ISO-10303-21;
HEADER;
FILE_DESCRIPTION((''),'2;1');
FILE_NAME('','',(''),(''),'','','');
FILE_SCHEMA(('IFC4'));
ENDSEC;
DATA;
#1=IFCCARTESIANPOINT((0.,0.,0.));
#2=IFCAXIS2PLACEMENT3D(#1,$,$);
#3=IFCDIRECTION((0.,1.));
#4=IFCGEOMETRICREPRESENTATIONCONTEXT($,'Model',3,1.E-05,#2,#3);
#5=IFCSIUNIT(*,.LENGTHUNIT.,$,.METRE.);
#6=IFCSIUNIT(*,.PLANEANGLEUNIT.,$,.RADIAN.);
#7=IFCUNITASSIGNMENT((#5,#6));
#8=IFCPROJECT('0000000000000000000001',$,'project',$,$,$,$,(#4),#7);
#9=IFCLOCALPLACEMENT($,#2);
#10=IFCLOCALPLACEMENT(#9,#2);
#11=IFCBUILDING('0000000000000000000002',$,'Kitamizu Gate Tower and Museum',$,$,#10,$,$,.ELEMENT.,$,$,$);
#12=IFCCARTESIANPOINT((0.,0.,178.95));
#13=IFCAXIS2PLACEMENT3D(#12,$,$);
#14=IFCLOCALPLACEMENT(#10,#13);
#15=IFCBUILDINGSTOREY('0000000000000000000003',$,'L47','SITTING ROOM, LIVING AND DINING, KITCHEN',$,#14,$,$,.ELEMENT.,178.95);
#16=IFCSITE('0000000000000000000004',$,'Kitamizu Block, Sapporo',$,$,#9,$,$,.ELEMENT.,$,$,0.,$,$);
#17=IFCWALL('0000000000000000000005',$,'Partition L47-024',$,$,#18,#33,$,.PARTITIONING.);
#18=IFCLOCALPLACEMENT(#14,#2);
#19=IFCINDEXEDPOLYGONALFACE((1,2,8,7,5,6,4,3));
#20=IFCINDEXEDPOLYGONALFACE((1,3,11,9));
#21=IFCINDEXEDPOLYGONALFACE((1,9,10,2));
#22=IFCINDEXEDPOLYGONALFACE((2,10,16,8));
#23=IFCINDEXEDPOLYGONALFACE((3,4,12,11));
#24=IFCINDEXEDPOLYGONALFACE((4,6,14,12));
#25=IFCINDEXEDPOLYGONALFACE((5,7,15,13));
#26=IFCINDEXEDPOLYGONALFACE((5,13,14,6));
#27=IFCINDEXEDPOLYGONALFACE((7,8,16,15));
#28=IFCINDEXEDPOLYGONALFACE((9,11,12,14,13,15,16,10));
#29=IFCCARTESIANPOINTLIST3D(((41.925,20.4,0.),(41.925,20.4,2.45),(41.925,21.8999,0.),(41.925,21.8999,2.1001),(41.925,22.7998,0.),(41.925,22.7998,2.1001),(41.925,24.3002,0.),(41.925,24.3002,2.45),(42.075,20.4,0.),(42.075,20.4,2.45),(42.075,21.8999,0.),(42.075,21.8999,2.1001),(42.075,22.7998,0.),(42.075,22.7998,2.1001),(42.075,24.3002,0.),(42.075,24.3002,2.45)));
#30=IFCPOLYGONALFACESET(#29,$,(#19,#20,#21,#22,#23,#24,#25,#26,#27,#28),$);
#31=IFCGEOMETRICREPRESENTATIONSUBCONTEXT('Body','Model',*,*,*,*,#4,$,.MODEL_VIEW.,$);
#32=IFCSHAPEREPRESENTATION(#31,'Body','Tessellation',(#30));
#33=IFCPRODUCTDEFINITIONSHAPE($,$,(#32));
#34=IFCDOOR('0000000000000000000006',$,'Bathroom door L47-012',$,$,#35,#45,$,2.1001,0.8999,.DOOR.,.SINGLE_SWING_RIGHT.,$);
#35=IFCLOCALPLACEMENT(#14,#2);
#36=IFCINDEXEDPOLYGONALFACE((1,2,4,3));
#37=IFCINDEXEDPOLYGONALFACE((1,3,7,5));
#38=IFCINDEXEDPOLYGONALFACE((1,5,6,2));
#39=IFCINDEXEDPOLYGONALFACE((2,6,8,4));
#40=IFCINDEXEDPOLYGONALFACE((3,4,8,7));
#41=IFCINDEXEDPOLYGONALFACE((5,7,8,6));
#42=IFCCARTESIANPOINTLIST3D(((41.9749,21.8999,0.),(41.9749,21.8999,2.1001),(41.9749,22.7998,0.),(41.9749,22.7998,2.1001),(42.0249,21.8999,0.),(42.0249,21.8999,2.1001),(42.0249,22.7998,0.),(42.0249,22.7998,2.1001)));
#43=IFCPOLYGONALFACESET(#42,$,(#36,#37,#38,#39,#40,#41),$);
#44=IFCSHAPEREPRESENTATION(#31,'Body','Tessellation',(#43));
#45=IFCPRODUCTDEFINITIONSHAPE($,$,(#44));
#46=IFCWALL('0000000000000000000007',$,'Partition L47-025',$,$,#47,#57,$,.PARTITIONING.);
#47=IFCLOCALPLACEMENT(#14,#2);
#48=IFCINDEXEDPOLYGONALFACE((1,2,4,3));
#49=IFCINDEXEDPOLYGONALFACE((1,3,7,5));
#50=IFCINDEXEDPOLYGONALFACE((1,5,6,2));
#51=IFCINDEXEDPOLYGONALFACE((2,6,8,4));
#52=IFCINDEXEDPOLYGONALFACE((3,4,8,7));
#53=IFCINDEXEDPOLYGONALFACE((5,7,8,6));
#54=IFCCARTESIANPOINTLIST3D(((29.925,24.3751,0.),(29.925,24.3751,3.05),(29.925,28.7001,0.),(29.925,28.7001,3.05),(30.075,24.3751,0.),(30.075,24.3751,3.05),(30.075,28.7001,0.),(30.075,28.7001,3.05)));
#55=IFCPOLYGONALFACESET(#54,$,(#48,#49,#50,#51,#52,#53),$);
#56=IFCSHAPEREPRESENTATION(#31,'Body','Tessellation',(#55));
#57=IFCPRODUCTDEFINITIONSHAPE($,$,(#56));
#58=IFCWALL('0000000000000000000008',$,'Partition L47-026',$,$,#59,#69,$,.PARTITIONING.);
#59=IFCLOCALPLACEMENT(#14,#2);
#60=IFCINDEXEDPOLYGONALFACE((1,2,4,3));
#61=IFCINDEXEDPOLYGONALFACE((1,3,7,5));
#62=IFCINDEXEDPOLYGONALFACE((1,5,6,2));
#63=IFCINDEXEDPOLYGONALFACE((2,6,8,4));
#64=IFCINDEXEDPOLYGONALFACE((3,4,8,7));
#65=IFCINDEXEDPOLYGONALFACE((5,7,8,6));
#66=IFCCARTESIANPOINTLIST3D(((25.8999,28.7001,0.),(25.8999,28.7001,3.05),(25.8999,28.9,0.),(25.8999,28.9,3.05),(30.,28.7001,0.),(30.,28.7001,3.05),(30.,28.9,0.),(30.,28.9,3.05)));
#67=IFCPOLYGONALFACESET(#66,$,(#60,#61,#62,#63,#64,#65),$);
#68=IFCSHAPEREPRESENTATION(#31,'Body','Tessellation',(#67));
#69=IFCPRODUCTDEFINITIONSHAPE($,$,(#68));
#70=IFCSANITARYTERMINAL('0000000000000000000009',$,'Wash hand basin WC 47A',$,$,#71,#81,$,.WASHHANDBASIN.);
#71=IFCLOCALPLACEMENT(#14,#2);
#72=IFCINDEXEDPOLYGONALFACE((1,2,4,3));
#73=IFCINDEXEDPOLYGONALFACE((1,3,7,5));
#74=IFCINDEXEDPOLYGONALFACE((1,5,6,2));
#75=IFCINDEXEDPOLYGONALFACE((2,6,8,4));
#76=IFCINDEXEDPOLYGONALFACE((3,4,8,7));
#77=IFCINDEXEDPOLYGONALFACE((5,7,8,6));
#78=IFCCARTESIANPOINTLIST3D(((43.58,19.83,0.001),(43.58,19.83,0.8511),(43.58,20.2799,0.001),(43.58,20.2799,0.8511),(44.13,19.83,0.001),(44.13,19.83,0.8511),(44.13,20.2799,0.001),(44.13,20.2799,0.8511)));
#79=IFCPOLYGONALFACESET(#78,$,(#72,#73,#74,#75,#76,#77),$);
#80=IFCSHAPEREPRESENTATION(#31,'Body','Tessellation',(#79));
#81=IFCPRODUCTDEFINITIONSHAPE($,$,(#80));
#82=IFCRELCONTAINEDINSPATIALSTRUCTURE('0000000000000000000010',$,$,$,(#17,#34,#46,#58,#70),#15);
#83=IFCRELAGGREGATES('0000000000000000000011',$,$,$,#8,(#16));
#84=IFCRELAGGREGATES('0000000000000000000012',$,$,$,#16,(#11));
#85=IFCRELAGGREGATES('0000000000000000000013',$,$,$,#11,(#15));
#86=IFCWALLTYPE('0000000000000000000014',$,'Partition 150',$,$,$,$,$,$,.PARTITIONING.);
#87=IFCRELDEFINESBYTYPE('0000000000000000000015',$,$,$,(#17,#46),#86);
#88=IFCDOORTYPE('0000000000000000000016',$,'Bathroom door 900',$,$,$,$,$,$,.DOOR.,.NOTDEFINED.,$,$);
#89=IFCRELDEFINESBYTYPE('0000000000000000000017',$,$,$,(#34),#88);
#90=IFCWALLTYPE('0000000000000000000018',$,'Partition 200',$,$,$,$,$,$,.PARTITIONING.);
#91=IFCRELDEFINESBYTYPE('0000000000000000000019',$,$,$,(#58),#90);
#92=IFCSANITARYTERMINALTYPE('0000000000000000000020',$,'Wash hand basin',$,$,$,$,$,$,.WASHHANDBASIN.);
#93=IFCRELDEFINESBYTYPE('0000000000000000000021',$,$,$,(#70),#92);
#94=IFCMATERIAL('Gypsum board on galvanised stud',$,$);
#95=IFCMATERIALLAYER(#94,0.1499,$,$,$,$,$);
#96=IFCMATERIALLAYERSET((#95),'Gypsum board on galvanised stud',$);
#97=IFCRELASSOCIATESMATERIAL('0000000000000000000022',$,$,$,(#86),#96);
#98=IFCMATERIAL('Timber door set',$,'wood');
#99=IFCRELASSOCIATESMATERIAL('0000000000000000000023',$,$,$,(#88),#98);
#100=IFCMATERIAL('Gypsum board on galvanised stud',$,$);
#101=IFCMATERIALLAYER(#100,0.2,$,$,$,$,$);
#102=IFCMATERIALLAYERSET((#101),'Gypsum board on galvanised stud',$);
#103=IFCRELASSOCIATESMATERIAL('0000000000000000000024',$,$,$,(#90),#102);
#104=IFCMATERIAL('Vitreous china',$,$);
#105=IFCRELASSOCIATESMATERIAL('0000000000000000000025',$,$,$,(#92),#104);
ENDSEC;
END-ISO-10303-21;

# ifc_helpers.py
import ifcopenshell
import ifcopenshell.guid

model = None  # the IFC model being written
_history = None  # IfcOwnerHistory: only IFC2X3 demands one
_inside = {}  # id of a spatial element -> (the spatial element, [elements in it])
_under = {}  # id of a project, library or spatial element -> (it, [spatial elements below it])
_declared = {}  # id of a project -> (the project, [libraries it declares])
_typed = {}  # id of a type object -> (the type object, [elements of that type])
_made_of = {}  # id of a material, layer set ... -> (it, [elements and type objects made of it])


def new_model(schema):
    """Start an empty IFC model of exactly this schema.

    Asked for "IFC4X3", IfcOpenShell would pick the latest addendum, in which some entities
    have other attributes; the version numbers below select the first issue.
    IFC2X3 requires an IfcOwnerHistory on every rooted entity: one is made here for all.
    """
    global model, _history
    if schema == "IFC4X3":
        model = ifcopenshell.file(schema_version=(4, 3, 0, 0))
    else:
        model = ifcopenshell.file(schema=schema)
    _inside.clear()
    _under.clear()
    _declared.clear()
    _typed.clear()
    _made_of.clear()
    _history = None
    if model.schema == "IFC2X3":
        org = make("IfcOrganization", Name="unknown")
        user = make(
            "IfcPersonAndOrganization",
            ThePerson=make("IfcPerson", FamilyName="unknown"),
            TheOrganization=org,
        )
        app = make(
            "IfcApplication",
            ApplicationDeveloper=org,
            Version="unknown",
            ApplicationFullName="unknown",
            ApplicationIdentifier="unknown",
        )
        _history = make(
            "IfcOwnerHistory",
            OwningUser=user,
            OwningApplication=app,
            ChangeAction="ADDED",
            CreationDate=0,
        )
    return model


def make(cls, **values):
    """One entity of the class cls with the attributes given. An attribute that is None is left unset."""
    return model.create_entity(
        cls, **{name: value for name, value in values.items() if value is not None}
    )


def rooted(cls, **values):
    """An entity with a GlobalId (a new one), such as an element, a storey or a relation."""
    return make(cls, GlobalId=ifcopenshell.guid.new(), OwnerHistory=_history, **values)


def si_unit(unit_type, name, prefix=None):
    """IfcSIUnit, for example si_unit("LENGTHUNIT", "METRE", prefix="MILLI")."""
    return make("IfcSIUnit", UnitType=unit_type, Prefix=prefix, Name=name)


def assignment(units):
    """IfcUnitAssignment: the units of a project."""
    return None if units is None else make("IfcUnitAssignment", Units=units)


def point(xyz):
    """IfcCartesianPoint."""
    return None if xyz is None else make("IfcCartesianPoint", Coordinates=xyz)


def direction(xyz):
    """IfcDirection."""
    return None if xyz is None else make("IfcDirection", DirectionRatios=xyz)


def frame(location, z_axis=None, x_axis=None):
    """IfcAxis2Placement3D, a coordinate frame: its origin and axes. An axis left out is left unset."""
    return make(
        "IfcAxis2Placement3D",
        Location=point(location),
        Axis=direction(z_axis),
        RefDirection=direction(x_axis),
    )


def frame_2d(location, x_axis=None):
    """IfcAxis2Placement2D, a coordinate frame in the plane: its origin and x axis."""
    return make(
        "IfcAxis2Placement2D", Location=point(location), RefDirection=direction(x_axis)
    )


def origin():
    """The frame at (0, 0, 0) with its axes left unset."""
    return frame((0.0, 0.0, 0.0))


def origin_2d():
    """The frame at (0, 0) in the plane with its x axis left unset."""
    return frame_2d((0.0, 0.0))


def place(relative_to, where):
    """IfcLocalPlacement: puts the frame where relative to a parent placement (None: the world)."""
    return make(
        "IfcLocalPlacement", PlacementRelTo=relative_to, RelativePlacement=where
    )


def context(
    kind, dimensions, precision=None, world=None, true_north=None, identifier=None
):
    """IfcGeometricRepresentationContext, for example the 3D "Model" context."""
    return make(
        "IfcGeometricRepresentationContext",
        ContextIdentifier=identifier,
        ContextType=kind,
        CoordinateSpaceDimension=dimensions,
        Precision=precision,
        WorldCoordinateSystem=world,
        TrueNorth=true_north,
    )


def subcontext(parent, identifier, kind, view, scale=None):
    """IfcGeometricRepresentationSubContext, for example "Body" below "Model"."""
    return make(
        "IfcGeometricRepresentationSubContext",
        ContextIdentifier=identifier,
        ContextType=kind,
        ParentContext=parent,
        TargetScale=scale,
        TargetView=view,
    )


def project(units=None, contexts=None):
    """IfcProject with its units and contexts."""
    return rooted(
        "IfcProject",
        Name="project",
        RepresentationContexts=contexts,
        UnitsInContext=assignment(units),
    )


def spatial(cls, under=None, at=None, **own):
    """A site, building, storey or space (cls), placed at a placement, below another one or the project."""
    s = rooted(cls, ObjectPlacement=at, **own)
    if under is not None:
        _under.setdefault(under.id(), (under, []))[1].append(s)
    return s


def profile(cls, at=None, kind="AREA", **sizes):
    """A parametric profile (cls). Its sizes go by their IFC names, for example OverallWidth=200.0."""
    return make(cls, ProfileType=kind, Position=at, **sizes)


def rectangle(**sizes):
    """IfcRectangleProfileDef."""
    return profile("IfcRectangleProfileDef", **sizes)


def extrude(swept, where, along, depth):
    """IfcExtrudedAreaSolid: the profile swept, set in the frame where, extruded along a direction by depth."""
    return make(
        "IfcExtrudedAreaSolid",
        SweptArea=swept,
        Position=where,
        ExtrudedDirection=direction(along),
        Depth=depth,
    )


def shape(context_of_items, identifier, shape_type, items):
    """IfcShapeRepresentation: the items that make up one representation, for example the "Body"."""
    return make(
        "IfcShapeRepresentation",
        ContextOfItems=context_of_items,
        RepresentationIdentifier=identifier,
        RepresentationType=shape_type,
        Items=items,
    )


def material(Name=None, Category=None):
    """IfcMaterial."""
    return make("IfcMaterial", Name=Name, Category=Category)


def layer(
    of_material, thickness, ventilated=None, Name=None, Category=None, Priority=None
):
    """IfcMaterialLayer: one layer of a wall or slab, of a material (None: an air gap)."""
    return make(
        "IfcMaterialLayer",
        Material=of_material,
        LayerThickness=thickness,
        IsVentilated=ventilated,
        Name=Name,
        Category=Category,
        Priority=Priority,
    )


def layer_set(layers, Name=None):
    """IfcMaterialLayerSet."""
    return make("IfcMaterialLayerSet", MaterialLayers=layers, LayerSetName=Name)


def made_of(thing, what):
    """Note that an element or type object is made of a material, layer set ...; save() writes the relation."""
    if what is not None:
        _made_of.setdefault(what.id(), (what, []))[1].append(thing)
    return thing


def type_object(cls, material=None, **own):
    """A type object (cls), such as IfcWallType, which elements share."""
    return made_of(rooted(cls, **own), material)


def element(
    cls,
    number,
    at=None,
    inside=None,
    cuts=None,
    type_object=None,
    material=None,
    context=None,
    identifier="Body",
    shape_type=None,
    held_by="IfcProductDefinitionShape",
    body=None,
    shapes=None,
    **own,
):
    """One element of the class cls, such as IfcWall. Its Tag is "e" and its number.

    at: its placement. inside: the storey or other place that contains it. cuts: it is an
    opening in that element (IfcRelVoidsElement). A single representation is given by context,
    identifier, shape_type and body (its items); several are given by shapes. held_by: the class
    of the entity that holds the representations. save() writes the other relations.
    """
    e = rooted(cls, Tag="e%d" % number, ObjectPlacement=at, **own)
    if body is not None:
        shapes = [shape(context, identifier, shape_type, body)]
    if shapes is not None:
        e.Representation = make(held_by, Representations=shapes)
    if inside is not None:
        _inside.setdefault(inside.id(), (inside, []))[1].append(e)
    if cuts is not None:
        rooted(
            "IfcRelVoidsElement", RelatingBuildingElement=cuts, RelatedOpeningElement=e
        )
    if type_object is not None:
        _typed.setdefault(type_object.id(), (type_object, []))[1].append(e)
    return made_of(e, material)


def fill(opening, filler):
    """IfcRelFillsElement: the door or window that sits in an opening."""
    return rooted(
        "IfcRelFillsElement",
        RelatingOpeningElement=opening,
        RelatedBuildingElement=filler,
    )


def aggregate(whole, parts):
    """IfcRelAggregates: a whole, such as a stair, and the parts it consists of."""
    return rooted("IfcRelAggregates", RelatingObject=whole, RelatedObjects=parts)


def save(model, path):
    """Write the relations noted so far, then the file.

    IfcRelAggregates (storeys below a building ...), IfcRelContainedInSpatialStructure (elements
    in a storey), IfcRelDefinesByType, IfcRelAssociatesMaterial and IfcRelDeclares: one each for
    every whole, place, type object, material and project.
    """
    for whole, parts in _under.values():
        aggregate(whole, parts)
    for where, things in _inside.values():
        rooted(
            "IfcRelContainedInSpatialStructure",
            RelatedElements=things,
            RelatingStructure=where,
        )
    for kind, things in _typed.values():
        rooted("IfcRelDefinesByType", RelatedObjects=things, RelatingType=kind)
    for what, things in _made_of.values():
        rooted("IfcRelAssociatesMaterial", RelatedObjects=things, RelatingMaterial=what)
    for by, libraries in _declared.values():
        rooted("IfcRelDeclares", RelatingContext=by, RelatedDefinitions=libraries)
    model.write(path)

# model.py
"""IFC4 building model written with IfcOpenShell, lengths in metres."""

from ifc_helpers import new_model, si_unit, direction, frame, frame_2d, origin, origin_2d, place, context, subcontext, project, spatial, rectangle, extrude, material, layer, layer_set, type_object, element, fill, save


model = new_model("IFC4")

# Units and contexts
model_context = context("Model", 3, precision=1e-05, world=origin(), true_north=direction((0.0, 1.0)))
body_context = subcontext(model_context, "Body", "Model", "MODEL_VIEW")
ifc_project = project(units=[si_unit("LENGTHUNIT", "METRE"), si_unit("PLANEANGLEUNIT", "RADIAN")], contexts=[model_context])

# Site, building, storey
site_placement = place(None, origin())
site = spatial("IfcSite", under=ifc_project, at=site_placement, Name="Kitamizu Block, Sapporo", CompositionType="ELEMENT", RefElevation=0.0)
building_placement = place(site_placement, origin())
building = spatial("IfcBuilding", under=site, at=building_placement, Name="Kitamizu Gate Tower and Museum", CompositionType="ELEMENT")
storey_placement = place(building_placement, frame((0.0, 0.0, 178.95)))
storey = spatial("IfcBuildingStorey", under=building, at=storey_placement, Name="L47", Description="SITTING ROOM, LIVING AND DINING, KITCHEN", CompositionType="ELEMENT", Elevation=178.95)

# Wall, opening, door
ifc_material_1 = material(Name="Gypsum board on galvanised stud")
ifc_layer_1 = layer(ifc_material_1, 0.1499)
ifc_layer_set_1 = layer_set([ifc_layer_1], Name="Gypsum board on galvanised stud")
wall_type_1 = type_object("IfcWallType", Name="Partition 150", PredefinedType="PARTITIONING", material=ifc_layer_set_1)
ifc_material_2 = material(Name="Timber door set", Category="wood")
door_type_1 = type_object("IfcDoorType", Name="Bathroom door 900", OperationType="NOTDEFINED", PredefinedType="DOOR", material=ifc_material_2)
wall_1_placement = place(storey_placement, frame((42.0, 20.3999, 0.0), z_axis=(0.0, 0.0, 1.0), x_axis=(0.0, 1.0, 0.0)))
wall_1 = element("IfcWall", 1, at=wall_1_placement, inside=storey, type_object=wall_type_1, Name="Partition L47-024", PredefinedType="PARTITIONING", context=body_context, shape_type="SweptSolid", body=[
    extrude(rectangle(XDim=3.9001, YDim=0.1499, at=frame_2d((1.9502, 0.0))), origin(), (0.0, 0.0, 1.0), 2.45),
])
opening_1_placement = place(wall_1_placement, frame((1.5, 0.0, 0.0)))
opening_1 = element("IfcOpeningElement", 2, at=opening_1_placement, cuts=wall_1, PredefinedType="OPENING", context=body_context, shape_type="SweptSolid", body=[
    extrude(rectangle(XDim=0.8999, YDim=2.1001, at=frame_2d((0.45, 1.05))), frame((0.0, 0.085, 0.0), z_axis=(0.0, -1.0, 0.0), x_axis=(1.0, 0.0, 0.0)), (0.0, 0.0, 1.0), 0.1699),
])
door_1_placement = place(opening_1_placement, frame((0.8999, 0.0, 0.0), x_axis=(-1.0, 0.0, 0.0)))
door_1 = element("IfcDoor", 3, at=door_1_placement, inside=storey, type_object=door_type_1, Name="Bathroom door L47-012", OperationType="SINGLE_SWING_RIGHT", OverallHeight=2.1001, OverallWidth=0.8999, PredefinedType="DOOR", context=body_context, shape_type="SweptSolid", body=[
    extrude(rectangle(XDim=0.8999, YDim=2.1001, at=frame_2d((0.45, 1.05))), frame((0.0, 0.0249, 0.0), z_axis=(0.0, -1.0, 0.0), x_axis=(1.0, 0.0, 0.0)), (0.0, 0.0, 1.0), 0.05),
])
fill(opening_1, door_1)

# Walls
wall_2_placement = place(storey_placement, frame((30.0, 24.375, 0.0), z_axis=(0.0, 0.0, 1.0), x_axis=(0.0, 1.0, 0.0)))
element("IfcWall", 4, at=wall_2_placement, inside=storey, type_object=wall_type_1, Name="Partition L47-025", PredefinedType="PARTITIONING", context=body_context, shape_type="SweptSolid", body=[
    extrude(rectangle(XDim=4.325, YDim=0.1499, at=frame_2d((2.1626, 0.0))), origin(), (0.0, 0.0, 1.0), 3.05),
])
ifc_material_3 = material(Name="Gypsum board on galvanised stud")
ifc_layer_2 = layer(ifc_material_3, 0.2)
ifc_layer_set_2 = layer_set([ifc_layer_2], Name="Gypsum board on galvanised stud")
wall_type_2 = type_object("IfcWallType", Name="Partition 200", PredefinedType="PARTITIONING", material=ifc_layer_set_2)
wall_3_placement = place(storey_placement, frame((30.0, 28.8, 0.0), z_axis=(0.0, 0.0, 1.0), x_axis=(-1.0, 0.0, 0.0)))
element("IfcWall", 5, at=wall_3_placement, inside=storey, type_object=wall_type_2, Name="Partition L47-026", PredefinedType="PARTITIONING", context=body_context, shape_type="SweptSolid", body=[
    extrude(rectangle(XDim=4.1001, YDim=0.2, at=frame_2d((2.05, 0.0))), origin(), (0.0, 0.0, 1.0), 3.05),
])

# Sanitary terminal
ifc_material_4 = material(Name="Vitreous china")
sanitary_terminal_type = type_object("IfcSanitaryTerminalType", Name="Wash hand basin", PredefinedType="WASHHANDBASIN", material=ifc_material_4)
sanitary_terminal_placement = place(storey_placement, frame((43.855, 20.0549, 0.001), z_axis=(0.0, 0.0, 1.0), x_axis=(1.0, 0.0, 0.0)))
element("IfcSanitaryTerminal", 6, at=sanitary_terminal_placement, inside=storey, type_object=sanitary_terminal_type, Name="Wash hand basin WC 47A", PredefinedType="WASHHANDBASIN", context=body_context, shape_type="SweptSolid", body=[
    extrude(rectangle(XDim=0.55, YDim=0.45, at=origin_2d()), origin(), (0.0, 0.0, 1.0), 0.8501),
])

save(model, "model.ifc")
